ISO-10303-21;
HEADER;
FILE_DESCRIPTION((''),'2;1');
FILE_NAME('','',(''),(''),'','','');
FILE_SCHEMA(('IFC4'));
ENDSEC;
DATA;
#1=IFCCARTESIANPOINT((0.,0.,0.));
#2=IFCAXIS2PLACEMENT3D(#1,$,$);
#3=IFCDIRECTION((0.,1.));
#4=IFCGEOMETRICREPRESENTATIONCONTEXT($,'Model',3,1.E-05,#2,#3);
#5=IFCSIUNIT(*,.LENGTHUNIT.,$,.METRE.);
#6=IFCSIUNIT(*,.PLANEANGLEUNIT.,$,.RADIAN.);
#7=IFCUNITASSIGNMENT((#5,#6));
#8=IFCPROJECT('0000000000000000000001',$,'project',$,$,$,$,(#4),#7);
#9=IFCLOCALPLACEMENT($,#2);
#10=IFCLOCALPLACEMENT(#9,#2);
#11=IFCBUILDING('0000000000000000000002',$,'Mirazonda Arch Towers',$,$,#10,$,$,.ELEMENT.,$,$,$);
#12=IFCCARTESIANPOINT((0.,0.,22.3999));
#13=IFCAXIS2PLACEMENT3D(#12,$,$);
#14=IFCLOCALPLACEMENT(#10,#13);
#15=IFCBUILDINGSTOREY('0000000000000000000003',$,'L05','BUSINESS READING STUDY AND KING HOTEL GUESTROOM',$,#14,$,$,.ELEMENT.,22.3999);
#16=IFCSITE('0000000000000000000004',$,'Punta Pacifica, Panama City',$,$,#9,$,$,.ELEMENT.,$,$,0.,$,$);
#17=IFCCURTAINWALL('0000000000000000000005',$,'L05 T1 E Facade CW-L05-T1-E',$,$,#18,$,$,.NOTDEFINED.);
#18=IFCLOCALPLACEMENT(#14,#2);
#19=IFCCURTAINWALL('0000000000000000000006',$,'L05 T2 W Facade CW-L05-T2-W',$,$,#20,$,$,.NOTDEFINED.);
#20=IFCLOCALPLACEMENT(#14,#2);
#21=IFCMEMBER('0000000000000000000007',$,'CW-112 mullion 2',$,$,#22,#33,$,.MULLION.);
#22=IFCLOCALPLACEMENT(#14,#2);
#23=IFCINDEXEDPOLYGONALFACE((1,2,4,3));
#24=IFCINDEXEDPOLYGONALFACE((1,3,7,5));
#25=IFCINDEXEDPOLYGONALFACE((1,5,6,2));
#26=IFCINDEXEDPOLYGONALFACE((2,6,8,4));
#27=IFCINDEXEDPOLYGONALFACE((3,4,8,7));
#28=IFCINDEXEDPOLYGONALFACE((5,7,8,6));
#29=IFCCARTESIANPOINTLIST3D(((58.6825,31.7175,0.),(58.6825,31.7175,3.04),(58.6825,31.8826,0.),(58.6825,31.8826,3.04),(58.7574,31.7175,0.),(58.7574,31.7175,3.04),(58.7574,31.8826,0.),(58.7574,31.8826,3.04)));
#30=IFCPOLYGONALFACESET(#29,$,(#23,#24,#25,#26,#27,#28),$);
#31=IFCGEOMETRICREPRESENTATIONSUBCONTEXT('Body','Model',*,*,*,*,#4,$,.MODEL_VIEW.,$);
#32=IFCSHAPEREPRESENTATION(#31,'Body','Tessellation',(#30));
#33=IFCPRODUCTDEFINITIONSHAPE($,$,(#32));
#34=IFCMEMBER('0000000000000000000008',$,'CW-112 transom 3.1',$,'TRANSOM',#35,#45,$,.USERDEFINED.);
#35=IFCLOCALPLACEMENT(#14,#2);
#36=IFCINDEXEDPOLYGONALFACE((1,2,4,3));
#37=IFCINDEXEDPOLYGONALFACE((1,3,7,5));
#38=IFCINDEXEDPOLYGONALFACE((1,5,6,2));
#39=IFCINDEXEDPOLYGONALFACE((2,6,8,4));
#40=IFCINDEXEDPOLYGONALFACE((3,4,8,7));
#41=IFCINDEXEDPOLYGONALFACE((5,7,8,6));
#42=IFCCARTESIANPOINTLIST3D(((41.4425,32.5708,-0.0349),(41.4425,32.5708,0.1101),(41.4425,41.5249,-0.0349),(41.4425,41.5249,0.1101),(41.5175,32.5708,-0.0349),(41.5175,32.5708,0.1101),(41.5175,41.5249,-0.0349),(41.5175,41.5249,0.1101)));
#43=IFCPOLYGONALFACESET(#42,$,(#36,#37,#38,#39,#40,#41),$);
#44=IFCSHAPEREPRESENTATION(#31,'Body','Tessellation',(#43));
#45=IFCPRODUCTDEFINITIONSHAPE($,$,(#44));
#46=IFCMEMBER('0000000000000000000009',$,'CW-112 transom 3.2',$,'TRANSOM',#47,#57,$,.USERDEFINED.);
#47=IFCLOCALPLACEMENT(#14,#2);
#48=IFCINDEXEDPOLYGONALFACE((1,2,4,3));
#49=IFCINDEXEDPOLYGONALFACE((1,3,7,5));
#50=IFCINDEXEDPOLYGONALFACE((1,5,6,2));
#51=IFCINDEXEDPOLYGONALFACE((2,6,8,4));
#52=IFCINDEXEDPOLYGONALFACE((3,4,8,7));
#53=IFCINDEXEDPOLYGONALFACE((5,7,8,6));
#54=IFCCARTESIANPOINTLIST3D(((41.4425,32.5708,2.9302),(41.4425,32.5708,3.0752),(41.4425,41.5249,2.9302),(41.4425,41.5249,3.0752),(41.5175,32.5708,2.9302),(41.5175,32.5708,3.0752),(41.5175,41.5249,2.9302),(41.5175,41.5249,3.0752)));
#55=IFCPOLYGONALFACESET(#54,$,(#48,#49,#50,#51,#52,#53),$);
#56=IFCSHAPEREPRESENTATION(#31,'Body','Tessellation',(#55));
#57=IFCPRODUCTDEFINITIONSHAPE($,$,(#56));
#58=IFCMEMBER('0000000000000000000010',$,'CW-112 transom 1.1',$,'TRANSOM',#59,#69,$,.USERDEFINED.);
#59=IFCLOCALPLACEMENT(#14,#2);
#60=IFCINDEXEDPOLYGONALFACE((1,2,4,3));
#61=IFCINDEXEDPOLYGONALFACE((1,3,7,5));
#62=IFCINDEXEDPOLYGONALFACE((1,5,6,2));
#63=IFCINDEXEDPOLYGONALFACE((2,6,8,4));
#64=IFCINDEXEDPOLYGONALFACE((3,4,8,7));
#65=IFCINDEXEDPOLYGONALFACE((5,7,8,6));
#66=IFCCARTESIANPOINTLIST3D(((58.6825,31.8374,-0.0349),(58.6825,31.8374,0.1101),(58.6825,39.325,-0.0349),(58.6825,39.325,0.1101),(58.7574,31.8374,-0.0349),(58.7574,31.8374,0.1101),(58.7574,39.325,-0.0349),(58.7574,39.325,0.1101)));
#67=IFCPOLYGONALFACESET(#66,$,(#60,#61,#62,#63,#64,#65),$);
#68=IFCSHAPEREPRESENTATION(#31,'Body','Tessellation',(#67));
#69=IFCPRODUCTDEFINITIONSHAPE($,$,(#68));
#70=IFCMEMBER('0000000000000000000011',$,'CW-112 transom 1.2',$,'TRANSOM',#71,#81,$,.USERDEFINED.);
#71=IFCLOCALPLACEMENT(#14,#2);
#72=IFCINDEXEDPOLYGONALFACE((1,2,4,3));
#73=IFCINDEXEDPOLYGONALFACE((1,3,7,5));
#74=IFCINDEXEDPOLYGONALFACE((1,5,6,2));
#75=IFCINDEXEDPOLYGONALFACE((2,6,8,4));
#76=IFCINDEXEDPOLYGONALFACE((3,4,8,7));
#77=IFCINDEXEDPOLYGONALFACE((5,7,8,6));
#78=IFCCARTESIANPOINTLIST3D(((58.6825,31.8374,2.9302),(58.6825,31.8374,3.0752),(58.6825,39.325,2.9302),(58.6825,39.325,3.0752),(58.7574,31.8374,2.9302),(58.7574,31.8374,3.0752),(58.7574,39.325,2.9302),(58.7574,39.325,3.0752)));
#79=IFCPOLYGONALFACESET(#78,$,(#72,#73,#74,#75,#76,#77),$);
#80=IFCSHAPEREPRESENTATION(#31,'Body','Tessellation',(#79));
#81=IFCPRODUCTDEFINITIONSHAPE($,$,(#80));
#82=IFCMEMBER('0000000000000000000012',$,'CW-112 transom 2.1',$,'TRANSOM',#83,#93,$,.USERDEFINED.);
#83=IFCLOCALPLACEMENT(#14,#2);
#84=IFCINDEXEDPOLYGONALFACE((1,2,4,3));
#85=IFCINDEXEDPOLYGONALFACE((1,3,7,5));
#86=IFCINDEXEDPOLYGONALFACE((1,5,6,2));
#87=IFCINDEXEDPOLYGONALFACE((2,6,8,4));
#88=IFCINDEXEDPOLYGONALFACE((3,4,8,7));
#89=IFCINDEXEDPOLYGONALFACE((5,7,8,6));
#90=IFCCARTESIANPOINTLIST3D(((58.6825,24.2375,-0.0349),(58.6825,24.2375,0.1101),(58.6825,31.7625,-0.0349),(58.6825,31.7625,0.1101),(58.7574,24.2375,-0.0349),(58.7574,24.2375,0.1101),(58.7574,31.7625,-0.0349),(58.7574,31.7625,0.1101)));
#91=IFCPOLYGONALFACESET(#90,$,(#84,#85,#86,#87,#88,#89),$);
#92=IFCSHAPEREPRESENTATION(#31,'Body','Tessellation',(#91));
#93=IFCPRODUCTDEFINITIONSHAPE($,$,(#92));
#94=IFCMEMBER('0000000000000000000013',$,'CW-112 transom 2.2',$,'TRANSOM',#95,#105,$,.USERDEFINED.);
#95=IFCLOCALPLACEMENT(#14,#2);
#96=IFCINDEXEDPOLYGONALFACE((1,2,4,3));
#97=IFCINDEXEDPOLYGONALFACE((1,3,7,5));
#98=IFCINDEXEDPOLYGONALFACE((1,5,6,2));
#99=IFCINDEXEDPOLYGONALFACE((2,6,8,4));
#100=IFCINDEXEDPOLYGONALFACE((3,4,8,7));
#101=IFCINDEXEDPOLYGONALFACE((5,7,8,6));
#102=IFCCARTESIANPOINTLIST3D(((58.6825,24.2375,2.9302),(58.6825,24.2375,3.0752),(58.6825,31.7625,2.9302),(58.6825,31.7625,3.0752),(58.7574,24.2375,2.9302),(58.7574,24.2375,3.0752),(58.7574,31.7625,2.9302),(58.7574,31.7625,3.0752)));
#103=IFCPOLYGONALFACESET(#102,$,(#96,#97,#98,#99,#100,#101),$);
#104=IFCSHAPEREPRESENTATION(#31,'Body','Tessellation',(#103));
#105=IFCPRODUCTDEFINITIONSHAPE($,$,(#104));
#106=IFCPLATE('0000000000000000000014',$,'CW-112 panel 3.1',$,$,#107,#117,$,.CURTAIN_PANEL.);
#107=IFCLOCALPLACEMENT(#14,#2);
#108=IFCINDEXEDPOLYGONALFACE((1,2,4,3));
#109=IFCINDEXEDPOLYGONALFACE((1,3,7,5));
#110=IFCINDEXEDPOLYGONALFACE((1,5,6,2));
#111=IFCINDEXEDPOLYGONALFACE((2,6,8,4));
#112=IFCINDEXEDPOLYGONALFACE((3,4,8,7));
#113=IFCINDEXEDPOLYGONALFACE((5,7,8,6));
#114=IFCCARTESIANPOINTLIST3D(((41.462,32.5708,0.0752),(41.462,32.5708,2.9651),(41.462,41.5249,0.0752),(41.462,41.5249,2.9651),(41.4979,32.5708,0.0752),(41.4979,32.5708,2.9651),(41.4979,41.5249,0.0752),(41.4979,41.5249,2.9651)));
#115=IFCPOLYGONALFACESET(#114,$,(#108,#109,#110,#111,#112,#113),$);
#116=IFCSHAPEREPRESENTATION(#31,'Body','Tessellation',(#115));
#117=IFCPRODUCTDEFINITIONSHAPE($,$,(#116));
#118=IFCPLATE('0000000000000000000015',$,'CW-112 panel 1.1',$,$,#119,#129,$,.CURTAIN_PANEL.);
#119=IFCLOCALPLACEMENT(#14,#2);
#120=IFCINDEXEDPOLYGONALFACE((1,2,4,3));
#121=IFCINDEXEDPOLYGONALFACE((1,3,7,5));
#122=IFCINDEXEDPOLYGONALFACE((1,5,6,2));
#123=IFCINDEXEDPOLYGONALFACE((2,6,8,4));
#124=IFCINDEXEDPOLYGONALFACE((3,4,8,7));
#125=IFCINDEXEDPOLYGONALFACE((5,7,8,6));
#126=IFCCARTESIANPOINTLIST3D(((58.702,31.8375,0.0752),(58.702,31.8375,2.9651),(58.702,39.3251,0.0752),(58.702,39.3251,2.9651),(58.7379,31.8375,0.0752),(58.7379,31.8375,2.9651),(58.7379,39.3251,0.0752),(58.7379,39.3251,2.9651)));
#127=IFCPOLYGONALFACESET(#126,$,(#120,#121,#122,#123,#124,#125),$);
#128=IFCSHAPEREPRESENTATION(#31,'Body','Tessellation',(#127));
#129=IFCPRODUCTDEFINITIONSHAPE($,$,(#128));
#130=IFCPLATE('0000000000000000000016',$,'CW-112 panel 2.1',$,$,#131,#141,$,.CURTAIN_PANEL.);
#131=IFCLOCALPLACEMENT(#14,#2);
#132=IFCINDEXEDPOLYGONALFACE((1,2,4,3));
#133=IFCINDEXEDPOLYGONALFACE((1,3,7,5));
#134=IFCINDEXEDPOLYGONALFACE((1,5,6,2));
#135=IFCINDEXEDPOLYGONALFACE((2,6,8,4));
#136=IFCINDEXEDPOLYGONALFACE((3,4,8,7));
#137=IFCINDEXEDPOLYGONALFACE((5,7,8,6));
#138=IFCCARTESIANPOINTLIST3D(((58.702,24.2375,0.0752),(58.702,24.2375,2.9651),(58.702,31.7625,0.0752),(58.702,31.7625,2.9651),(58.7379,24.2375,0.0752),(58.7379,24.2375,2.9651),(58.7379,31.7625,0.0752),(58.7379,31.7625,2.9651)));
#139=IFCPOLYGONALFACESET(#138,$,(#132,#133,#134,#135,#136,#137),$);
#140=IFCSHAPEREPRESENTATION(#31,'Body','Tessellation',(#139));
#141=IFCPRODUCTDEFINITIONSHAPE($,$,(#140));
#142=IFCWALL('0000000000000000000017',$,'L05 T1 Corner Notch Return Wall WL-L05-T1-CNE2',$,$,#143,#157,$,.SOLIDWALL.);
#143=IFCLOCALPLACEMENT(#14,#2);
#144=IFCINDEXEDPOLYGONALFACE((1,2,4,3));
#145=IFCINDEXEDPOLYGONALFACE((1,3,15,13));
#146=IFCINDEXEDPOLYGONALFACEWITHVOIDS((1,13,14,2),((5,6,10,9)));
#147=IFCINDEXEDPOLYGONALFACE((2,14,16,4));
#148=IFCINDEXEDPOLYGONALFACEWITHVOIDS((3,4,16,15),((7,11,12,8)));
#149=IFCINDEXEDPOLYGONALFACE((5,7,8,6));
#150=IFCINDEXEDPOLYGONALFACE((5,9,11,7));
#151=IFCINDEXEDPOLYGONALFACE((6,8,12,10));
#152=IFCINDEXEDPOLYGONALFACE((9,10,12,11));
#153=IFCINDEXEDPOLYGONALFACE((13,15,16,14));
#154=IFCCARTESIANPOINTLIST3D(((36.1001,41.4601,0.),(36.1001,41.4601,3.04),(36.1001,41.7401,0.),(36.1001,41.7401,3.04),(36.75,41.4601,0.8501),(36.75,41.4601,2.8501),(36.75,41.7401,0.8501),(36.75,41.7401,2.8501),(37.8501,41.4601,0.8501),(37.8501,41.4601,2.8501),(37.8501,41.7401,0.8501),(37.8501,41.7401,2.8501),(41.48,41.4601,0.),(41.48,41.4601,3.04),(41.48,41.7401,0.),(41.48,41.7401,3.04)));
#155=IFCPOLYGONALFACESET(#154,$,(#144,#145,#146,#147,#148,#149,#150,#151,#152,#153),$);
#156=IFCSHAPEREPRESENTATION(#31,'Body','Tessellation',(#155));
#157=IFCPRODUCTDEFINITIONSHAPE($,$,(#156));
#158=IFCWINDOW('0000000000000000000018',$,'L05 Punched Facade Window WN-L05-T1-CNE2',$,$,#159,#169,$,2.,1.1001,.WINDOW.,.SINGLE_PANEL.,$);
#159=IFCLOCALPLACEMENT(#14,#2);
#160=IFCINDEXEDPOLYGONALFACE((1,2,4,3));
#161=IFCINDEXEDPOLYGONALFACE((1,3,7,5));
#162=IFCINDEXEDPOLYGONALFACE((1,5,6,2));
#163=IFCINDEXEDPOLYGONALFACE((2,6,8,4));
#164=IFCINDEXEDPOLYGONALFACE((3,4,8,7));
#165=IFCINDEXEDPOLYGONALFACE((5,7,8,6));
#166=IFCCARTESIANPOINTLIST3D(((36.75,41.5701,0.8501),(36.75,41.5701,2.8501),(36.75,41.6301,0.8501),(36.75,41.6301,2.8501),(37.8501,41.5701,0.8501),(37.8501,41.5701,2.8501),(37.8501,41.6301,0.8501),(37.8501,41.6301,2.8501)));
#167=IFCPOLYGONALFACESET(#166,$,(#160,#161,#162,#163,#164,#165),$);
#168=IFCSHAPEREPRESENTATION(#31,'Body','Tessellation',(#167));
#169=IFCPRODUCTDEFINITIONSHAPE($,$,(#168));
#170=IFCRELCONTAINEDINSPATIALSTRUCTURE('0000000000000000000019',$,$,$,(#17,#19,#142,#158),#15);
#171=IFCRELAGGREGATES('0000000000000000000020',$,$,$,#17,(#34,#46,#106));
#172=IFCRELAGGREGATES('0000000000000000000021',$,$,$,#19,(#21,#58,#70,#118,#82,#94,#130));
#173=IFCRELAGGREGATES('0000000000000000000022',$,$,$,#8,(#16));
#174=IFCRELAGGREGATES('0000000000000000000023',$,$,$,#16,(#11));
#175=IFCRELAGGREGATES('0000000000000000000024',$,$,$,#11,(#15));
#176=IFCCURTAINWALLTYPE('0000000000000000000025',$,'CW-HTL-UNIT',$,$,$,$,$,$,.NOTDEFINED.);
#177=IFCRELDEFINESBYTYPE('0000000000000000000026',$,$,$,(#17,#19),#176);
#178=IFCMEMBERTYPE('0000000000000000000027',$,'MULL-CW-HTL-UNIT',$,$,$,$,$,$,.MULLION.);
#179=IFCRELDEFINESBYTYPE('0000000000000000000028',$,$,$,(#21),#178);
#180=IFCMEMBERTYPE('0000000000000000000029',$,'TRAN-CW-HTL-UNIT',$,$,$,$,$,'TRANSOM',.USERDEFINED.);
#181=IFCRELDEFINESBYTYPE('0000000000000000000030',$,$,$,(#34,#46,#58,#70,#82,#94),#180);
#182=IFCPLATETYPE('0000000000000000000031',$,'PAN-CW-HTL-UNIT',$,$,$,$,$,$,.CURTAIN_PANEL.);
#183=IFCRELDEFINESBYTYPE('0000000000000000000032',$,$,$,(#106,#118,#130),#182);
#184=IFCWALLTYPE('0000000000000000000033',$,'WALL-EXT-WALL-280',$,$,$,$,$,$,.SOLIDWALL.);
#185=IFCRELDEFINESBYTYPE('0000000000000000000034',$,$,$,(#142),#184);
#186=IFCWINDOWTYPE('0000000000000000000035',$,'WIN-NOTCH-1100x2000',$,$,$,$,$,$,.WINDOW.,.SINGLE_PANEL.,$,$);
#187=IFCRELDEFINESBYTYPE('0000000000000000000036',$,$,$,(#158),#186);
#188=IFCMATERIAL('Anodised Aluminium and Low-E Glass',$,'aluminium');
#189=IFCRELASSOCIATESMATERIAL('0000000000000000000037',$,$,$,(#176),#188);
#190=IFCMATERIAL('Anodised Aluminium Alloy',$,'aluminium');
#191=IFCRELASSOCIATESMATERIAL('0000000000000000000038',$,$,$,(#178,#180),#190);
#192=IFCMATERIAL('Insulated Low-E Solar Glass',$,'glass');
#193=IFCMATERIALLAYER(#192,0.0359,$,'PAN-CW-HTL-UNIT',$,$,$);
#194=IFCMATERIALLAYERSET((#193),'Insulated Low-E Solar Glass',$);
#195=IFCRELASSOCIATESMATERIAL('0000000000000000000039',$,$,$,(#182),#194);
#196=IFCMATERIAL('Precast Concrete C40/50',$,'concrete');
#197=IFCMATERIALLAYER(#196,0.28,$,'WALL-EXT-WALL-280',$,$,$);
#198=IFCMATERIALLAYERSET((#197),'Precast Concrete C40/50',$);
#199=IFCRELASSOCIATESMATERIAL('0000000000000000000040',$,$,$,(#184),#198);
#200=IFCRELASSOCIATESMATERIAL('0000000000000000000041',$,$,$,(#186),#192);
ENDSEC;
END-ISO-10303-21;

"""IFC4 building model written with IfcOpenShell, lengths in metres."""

from ifc_helpers import new_model, si_unit, direction, frame, frame_2d, origin, origin_2d, place, context, subcontext, project, spatial, rectangle, extrude, material, layer, layer_set, material_profile, profile_set, type_object, element, fill, aggregate, save


model = new_model("IFC4")

# Units and contexts
model_context = context("Model", 3, precision=1e-05, world=origin(), true_north=direction((0.0, 1.0)))
body_context = subcontext(model_context, "Body", "Model", "MODEL_VIEW")
ifc_project = project(units=[si_unit("LENGTHUNIT", "METRE"), si_unit("PLANEANGLEUNIT", "RADIAN")], contexts=[model_context])

# Site, building, storey
site_placement = place(None, origin())
site = spatial("IfcSite", under=ifc_project, at=site_placement, Name="Punta Pacifica, Panama City", CompositionType="ELEMENT", RefElevation=0.0)
building_placement = place(site_placement, origin())
building = spatial("IfcBuilding", under=site, at=building_placement, Name="Mirazonda Arch Towers", CompositionType="ELEMENT")
storey_placement = place(building_placement, frame((0.0, 0.0, 22.3999)))
storey = spatial("IfcBuildingStorey", under=building, at=storey_placement, Name="L05", Description="BUSINESS READING STUDY AND KING HOTEL GUESTROOM", CompositionType="ELEMENT", Elevation=22.3999)

# Curtain walls, member
ifc_material_1 = material(Name="Anodised Aluminium and Low-E Glass", Category="aluminium")
curtain_wall_type = type_object("IfcCurtainWallType", Name="CW-HTL-UNIT", PredefinedType="NOTDEFINED", material=ifc_material_1)
curtain_wall_1_placement = place(storey_placement, origin())
curtain_wall_1 = element("IfcCurtainWall", 1, at=curtain_wall_1_placement, inside=storey, type_object=curtain_wall_type, Name="L05 T1 E Facade CW-L05-T1-E", PredefinedType="NOTDEFINED")
ifc_material_2 = material(Name="Anodised Aluminium Alloy", Category="aluminium")
ifc_material_profile_1 = material_profile(ifc_material_2, rectangle(XDim=0.075, YDim=0.165, at=origin_2d()), Name="ALU-MULL-75x165")
ifc_profile_set_1 = profile_set([ifc_material_profile_1], Name="Anodised Aluminium Alloy")
member_type_1 = type_object("IfcMemberType", Name="MULL-CW-HTL-UNIT", PredefinedType="MULLION", material=ifc_profile_set_1)
curtain_wall_2_placement = place(storey_placement, origin())
curtain_wall_2 = element("IfcCurtainWall", 2, at=curtain_wall_2_placement, inside=storey, type_object=curtain_wall_type, Name="L05 T2 W Facade CW-L05-T2-W", PredefinedType="NOTDEFINED")
member_1_placement = place(storey_placement, frame((58.72, 31.8, 0.0), z_axis=(0.0, 0.0, 1.0), x_axis=(1.0, 0.0, 0.0)))
member_1 = element("IfcMember", 3, at=member_1_placement, type_object=member_type_1, Name="CW-112 mullion 2", PredefinedType="MULLION", context=body_context, shape_type="SweptSolid", body=[
    extrude(rectangle(XDim=0.075, YDim=0.165, at=origin_2d()), origin(), (0.0, 0.0, 1.0), 3.04),
])

# Members
ifc_material_profile_2 = material_profile(ifc_material_2, rectangle(XDim=0.075, YDim=0.145, at=origin_2d()), Name="ALU-TRAN-75x145")
ifc_profile_set_2 = profile_set([ifc_material_profile_2], Name="Anodised Aluminium Alloy")
member_type_2 = type_object("IfcMemberType", Name="TRAN-CW-HTL-UNIT", ElementType="TRANSOM", PredefinedType="USERDEFINED", material=ifc_profile_set_2)
member_2_placement = place(storey_placement, frame((41.48, 32.5708, 0.0376), z_axis=(0.0, 1.0, 0.0), x_axis=(-1.0, 0.0, 0.0)))
member_2 = element("IfcMember", 4, at=member_2_placement, type_object=member_type_2, Name="CW-112 transom 3.1", ObjectType="TRANSOM", PredefinedType="USERDEFINED", context=body_context, shape_type="SweptSolid", body=[
    extrude(rectangle(XDim=0.075, YDim=0.145, at=origin_2d()), origin(), (0.0, 0.0, 1.0), 8.9541),
])
member_3_placement = place(storey_placement, frame((41.48, 32.5708, 3.0027), z_axis=(0.0, 1.0, 0.0), x_axis=(-1.0, 0.0, 0.0)))
member_3 = element("IfcMember", 5, at=member_3_placement, type_object=member_type_2, Name="CW-112 transom 3.2", ObjectType="TRANSOM", PredefinedType="USERDEFINED", context=body_context, shape_type="SweptSolid", body=[
    extrude(rectangle(XDim=0.075, YDim=0.145, at=origin_2d()), origin(), (0.0, 0.0, 1.0), 8.9541),
])
member_4_placement = place(storey_placement, frame((58.72, 39.325, 0.0376), z_axis=(0.0, -1.0, 0.0), x_axis=(1.0, 0.0, 0.0)))
member_4 = element("IfcMember", 6, at=member_4_placement, type_object=member_type_2, Name="CW-112 transom 1.1", ObjectType="TRANSOM", PredefinedType="USERDEFINED", context=body_context, shape_type="SweptSolid", body=[
    extrude(rectangle(XDim=0.075, YDim=0.145, at=origin_2d()), origin(), (0.0, 0.0, 1.0), 7.4875),
])
member_5_placement = place(storey_placement, frame((58.72, 39.325, 3.0027), z_axis=(0.0, -1.0, 0.0), x_axis=(1.0, 0.0, 0.0)))
member_5 = element("IfcMember", 7, at=member_5_placement, type_object=member_type_2, Name="CW-112 transom 1.2", ObjectType="TRANSOM", PredefinedType="USERDEFINED", context=body_context, shape_type="SweptSolid", body=[
    extrude(rectangle(XDim=0.075, YDim=0.145, at=origin_2d()), origin(), (0.0, 0.0, 1.0), 7.4875),
])
member_6_placement = place(storey_placement, frame((58.72, 31.7625, 0.0376), z_axis=(0.0, -1.0, 0.0), x_axis=(1.0, 0.0, 0.0)))
member_6 = element("IfcMember", 8, at=member_6_placement, type_object=member_type_2, Name="CW-112 transom 2.1", ObjectType="TRANSOM", PredefinedType="USERDEFINED", context=body_context, shape_type="SweptSolid", body=[
    extrude(rectangle(XDim=0.075, YDim=0.145, at=origin_2d()), origin(), (0.0, 0.0, 1.0), 7.5249),
])
member_7_placement = place(storey_placement, frame((58.72, 31.7625, 3.0027), z_axis=(0.0, -1.0, 0.0), x_axis=(1.0, 0.0, 0.0)))
member_7 = element("IfcMember", 9, at=member_7_placement, type_object=member_type_2, Name="CW-112 transom 2.2", ObjectType="TRANSOM", PredefinedType="USERDEFINED", context=body_context, shape_type="SweptSolid", body=[
    extrude(rectangle(XDim=0.075, YDim=0.145, at=origin_2d()), origin(), (0.0, 0.0, 1.0), 7.5249),
])

# Plates
ifc_material_3 = material(Name="Insulated Low-E Solar Glass", Category="glass")
ifc_layer_1 = layer(ifc_material_3, 0.0359, Name="PAN-CW-HTL-UNIT")
ifc_layer_set_1 = layer_set([ifc_layer_1], Name="Insulated Low-E Solar Glass")
plate_type = type_object("IfcPlateType", Name="PAN-CW-HTL-UNIT", PredefinedType="CURTAIN_PANEL", material=ifc_layer_set_1)
plate_1_placement = place(storey_placement, frame((41.48, 37.0479, 0.0752), z_axis=(0.0, 0.0, 1.0), x_axis=(0.0, 1.0, 0.0)))
plate_1 = element("IfcPlate", 10, at=plate_1_placement, type_object=plate_type, Name="CW-112 panel 3.1", PredefinedType="CURTAIN_PANEL", context=body_context, shape_type="SweptSolid", body=[
    extrude(rectangle(XDim=8.9541, YDim=0.0359, at=origin_2d()), origin(), (0.0, 0.0, 1.0), 2.8899),
])
aggregate(curtain_wall_1, [member_2, member_3, plate_1])
plate_2_placement = place(storey_placement, frame((58.72, 35.5813, 0.0752), z_axis=(0.0, 0.0, 1.0), x_axis=(0.0, -1.0, 0.0)))
plate_2 = element("IfcPlate", 11, at=plate_2_placement, type_object=plate_type, Name="CW-112 panel 1.1", PredefinedType="CURTAIN_PANEL", context=body_context, shape_type="SweptSolid", body=[
    extrude(rectangle(XDim=7.4875, YDim=0.0359, at=origin_2d()), origin(), (0.0, 0.0, 1.0), 2.8899),
])
plate_3_placement = place(storey_placement, frame((58.72, 28.0, 0.0752), z_axis=(0.0, 0.0, 1.0), x_axis=(0.0, -1.0, 0.0)))
plate_3 = element("IfcPlate", 12, at=plate_3_placement, type_object=plate_type, Name="CW-112 panel 2.1", PredefinedType="CURTAIN_PANEL", context=body_context, shape_type="SweptSolid", body=[
    extrude(rectangle(XDim=7.5249, YDim=0.0359, at=origin_2d()), origin(), (0.0, 0.0, 1.0), 2.8899),
])
aggregate(curtain_wall_2, [member_1, member_4, member_5, plate_2, member_6, member_7, plate_3])

# Wall, opening, window
ifc_material_4 = material(Name="Precast Concrete C40/50", Category="concrete")
ifc_layer_2 = layer(ifc_material_4, 0.28, Name="WALL-EXT-WALL-280")
ifc_layer_set_2 = layer_set([ifc_layer_2], Name="Precast Concrete C40/50")
wall_type_1 = type_object("IfcWallType", Name="WALL-EXT-WALL-280", PredefinedType="SOLIDWALL", material=ifc_layer_set_2)
wall_1_placement = place(storey_placement, frame((41.48, 41.6001, 0.0), z_axis=(0.0, 0.0, 1.0), x_axis=(-1.0, 0.0, 0.0)))
wall_1 = element("IfcWall", 13, at=wall_1_placement, inside=storey, type_object=wall_type_1, Name="L05 T1 Corner Notch Return Wall WL-L05-T1-CNE2", PredefinedType="SOLIDWALL", context=body_context, shape_type="SweptSolid", body=[
    extrude(rectangle(XDim=5.3799, YDim=0.28, at=frame_2d((2.6899, 0.0))), origin(), (0.0, 0.0, 1.0), 3.04),
])
opening_1_placement = place(wall_1_placement, frame((3.6299, 0.0, 0.8501)))
opening_1 = element("IfcOpeningElement", 14, at=opening_1_placement, cuts=wall_1, PredefinedType="OPENING", context=body_context, shape_type="SweptSolid", body=[
    extrude(rectangle(XDim=1.1001, YDim=2.0, at=frame_2d((0.55, 1.0))), frame((0.0, 0.1499, 0.0), z_axis=(0.0, -1.0, 0.0), x_axis=(1.0, 0.0, 0.0)), (0.0, 0.0, 1.0), 0.3),
])
window_type = type_object("IfcWindowType", Name="WIN-NOTCH-1100x2000", PartitioningType="SINGLE_PANEL", PredefinedType="WINDOW", material=ifc_material_3)
window_placement = place(opening_1_placement, origin())
window = element("IfcWindow", 15, at=window_placement, inside=storey, type_object=window_type, Name="L05 Punched Facade Window WN-L05-T1-CNE2", OverallHeight=2.0, OverallWidth=1.1001, PartitioningType="SINGLE_PANEL", PredefinedType="WINDOW", context=body_context, shape_type="SweptSolid", body=[
    extrude(rectangle(XDim=1.1001, YDim=2.0, at=frame_2d((0.55, 1.0))), frame((0.0, 0.03, 0.0), z_axis=(0.0, -1.0, 0.0), x_axis=(1.0, 0.0, 0.0)), (0.0, 0.0, 1.0), 0.0601),
])
fill(opening_1, window)

save(model, "model.ifc")
